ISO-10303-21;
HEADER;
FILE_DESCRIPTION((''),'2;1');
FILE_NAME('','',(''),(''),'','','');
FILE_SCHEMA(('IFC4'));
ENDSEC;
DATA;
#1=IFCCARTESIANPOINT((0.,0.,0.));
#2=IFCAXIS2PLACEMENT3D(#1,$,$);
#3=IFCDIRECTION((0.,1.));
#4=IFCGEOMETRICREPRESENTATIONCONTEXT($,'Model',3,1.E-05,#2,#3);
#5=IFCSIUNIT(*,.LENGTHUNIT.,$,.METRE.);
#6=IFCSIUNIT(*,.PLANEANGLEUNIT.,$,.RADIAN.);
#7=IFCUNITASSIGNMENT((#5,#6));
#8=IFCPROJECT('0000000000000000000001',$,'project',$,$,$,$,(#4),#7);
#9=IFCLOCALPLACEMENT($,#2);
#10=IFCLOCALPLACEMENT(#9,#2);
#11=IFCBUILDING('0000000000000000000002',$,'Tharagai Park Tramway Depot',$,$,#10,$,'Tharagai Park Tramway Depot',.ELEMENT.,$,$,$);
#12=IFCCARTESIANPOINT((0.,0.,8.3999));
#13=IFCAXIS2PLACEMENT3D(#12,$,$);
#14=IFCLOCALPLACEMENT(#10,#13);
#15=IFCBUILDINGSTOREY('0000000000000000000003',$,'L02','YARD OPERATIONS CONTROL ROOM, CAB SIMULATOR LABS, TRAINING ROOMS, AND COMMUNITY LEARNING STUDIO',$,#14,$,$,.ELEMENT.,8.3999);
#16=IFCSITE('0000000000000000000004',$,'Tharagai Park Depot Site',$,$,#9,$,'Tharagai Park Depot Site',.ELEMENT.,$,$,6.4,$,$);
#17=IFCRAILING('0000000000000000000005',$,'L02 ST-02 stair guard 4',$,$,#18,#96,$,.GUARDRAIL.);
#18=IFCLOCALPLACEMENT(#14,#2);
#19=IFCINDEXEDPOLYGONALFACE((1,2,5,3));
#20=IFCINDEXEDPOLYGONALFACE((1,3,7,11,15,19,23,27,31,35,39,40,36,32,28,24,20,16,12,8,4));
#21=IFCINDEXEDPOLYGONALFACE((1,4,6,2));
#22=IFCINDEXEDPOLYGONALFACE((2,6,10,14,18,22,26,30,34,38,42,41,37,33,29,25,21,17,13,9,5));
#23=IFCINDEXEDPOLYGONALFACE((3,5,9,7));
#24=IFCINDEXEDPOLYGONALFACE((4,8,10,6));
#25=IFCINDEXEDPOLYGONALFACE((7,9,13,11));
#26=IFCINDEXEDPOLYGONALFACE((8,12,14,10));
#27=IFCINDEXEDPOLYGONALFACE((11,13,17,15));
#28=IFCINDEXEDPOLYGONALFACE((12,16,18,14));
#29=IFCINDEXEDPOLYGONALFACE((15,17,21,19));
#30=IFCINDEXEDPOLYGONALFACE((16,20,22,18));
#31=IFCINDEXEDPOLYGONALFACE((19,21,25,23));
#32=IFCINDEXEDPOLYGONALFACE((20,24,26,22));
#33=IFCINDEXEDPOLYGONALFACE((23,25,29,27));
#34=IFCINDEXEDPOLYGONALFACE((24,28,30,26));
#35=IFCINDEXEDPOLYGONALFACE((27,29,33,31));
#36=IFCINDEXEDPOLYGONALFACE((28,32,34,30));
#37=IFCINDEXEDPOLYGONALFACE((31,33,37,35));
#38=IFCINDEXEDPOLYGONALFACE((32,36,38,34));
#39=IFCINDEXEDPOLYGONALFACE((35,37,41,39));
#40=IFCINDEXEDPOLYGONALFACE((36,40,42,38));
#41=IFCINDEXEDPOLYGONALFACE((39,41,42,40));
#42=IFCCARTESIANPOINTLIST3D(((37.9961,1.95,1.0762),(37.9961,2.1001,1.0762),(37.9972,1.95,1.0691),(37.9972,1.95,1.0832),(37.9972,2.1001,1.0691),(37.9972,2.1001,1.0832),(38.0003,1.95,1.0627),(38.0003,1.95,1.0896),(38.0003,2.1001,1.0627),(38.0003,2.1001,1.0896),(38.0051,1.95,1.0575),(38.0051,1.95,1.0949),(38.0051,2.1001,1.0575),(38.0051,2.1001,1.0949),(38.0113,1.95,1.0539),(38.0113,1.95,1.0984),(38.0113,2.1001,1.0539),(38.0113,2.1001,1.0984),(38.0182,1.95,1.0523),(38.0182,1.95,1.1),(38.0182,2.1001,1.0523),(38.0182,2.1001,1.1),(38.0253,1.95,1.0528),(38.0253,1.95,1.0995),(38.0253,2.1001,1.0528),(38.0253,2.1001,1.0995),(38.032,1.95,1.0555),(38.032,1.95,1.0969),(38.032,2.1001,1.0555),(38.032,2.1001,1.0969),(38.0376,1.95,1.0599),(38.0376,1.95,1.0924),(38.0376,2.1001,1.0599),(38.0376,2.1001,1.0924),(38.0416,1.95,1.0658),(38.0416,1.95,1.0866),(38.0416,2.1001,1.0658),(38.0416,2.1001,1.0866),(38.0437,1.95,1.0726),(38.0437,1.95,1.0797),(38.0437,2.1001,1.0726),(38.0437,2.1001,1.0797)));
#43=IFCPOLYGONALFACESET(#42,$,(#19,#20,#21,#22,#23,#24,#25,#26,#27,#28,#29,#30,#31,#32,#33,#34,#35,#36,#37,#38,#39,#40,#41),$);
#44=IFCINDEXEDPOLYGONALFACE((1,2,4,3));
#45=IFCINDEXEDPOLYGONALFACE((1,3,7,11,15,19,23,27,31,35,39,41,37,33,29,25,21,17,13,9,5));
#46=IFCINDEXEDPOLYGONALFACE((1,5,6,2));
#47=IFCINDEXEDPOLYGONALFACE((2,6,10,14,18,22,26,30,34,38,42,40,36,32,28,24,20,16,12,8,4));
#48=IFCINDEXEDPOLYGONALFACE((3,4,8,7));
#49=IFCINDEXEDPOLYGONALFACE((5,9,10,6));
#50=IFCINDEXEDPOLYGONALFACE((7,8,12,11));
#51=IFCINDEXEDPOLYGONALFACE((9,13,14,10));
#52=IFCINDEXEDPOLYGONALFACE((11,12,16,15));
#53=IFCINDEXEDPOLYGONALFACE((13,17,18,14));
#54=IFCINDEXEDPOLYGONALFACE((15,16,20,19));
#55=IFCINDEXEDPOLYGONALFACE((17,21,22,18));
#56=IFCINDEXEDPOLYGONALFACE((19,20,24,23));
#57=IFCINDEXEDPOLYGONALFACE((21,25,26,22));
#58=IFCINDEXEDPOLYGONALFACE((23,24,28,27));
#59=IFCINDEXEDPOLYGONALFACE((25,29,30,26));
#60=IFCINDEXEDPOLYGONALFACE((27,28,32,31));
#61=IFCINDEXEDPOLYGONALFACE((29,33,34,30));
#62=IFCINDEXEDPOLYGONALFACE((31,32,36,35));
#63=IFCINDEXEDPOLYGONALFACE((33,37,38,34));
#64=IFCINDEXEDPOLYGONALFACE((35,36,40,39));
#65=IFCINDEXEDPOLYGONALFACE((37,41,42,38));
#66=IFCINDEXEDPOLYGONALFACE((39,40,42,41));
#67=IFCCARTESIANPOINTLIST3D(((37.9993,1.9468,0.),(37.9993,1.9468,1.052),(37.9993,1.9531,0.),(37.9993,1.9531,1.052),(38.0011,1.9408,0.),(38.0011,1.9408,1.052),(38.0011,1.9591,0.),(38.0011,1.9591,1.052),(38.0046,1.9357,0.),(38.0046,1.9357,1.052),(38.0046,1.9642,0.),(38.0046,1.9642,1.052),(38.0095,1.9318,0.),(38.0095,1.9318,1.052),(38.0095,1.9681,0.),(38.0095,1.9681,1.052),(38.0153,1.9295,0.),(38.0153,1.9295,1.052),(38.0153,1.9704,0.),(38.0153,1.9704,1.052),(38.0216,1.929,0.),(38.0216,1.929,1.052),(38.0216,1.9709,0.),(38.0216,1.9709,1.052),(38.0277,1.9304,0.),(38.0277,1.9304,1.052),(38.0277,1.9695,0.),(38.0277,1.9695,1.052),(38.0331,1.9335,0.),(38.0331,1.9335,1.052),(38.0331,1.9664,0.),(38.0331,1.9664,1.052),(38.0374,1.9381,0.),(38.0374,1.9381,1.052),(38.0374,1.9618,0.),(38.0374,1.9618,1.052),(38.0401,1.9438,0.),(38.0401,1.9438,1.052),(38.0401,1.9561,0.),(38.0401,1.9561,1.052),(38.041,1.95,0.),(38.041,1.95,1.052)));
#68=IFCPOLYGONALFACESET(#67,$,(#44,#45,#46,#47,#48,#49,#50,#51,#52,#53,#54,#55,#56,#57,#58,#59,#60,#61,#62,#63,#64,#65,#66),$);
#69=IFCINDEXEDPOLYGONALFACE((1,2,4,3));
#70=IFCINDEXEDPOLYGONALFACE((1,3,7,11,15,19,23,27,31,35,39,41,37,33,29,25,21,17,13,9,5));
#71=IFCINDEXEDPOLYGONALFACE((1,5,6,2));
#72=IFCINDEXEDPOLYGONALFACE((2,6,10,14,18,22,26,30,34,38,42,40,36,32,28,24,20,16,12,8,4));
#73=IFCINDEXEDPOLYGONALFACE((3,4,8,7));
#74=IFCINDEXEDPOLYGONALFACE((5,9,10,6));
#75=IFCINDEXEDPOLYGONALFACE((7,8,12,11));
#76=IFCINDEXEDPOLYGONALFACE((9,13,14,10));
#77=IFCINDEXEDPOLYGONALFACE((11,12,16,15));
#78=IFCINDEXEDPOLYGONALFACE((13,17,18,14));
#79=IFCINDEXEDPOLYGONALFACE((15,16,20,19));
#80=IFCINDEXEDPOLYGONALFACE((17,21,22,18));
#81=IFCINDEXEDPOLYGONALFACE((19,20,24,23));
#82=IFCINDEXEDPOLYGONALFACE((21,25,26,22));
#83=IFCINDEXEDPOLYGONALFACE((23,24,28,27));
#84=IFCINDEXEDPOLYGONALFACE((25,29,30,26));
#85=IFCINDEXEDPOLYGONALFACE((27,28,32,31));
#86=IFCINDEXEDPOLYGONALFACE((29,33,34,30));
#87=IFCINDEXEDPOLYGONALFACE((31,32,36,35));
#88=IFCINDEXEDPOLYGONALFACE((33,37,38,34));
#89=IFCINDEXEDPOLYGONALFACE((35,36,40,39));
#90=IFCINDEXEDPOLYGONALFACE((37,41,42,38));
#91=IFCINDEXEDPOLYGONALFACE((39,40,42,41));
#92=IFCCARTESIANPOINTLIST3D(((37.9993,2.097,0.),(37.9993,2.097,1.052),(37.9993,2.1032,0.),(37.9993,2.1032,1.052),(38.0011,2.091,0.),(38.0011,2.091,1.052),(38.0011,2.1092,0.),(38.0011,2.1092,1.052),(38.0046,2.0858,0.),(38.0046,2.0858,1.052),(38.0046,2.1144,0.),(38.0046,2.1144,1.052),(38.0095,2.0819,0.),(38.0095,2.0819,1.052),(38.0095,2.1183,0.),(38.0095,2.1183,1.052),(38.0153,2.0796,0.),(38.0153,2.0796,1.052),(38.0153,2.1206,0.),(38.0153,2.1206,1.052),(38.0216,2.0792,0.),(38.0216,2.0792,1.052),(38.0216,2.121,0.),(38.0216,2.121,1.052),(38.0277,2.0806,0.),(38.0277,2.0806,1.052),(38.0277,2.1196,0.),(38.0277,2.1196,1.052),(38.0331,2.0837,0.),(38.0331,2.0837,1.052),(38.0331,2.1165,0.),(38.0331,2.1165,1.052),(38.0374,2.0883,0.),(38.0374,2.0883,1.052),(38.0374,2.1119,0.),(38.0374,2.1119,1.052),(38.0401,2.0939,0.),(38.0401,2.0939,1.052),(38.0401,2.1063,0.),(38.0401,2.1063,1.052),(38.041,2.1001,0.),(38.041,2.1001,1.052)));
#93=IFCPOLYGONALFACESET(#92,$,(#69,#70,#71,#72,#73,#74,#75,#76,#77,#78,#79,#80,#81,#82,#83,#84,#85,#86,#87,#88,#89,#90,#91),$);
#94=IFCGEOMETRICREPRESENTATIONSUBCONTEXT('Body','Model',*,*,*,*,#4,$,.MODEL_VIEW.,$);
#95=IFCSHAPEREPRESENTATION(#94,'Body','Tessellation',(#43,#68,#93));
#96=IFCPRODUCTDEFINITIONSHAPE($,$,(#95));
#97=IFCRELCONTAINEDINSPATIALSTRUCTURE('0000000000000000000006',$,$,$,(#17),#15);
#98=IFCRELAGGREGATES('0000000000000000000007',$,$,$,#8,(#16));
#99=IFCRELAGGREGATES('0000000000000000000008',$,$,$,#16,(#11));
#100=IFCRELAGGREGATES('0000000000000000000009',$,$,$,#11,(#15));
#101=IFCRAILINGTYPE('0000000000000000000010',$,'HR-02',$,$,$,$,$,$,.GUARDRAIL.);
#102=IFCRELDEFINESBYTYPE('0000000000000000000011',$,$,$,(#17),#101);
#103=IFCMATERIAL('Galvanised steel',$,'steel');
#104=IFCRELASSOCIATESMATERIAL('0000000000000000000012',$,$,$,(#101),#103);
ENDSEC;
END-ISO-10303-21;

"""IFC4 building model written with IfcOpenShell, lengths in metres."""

from ifc_helpers import new_model, si_unit, direction, frame, origin, origin_2d, place, context, subcontext, project, spatial, circle, extrude, material, type_object, element, save


model = new_model("IFC4")

# Units and contexts
model_context = context("Model", 3, precision=1e-05, world=origin(), true_north=direction((0.0, 1.0)))
body_context = subcontext(model_context, "Body", "Model", "MODEL_VIEW")
ifc_project = project(units=[si_unit("LENGTHUNIT", "METRE"), si_unit("PLANEANGLEUNIT", "RADIAN")], contexts=[model_context])

# Site, building, storey
site_placement = place(None, origin())
site = spatial("IfcSite", under=ifc_project, at=site_placement, Name="Tharagai Park Depot Site", LongName="Tharagai Park Depot Site", CompositionType="ELEMENT", RefElevation=6.4)
building_placement = place(site_placement, origin())
building = spatial("IfcBuilding", under=site, at=building_placement, Name="Tharagai Park Tramway Depot", LongName="Tharagai Park Tramway Depot", CompositionType="ELEMENT")
storey_placement = place(building_placement, frame((0.0, 0.0, 8.3999)))
storey = spatial("IfcBuildingStorey", under=building, at=storey_placement, Name="L02", Description="YARD OPERATIONS CONTROL ROOM, CAB SIMULATOR LABS, TRAINING ROOMS, AND COMMUNITY LEARNING STUDIO", CompositionType="ELEMENT", Elevation=8.3999)

# Railing
ifc_material_1 = material(Name="Galvanised steel", Category="steel")
railing_type_1 = type_object("IfcRailingType", Name="HR-02", PredefinedType="GUARDRAIL", material=ifc_material_1)
railing_1_placement = place(storey_placement, frame((38.02, 1.95, 0.0)))
element("IfcRailing", 1, at=railing_1_placement, inside=storey, type_object=railing_type_1, Name="L02 ST-02 stair guard 4", PredefinedType="GUARDRAIL", context=body_context, shape_type="SweptSolid", body=[
    extrude(circle(Radius=0.0239, at=origin_2d()), frame((0.0, 0.0, 1.0762), z_axis=(0.0, 1.0, 0.0), x_axis=(-1.0, 0.0, 0.0)), (0.0, 0.0, 1.0), 0.1501),
    extrude(circle(Radius=0.021, at=origin_2d()), origin(), (0.0, 0.0, 1.0), 1.052),
    extrude(circle(Radius=0.021, at=origin_2d()), frame((0.0, 0.1501, 0.0)), (0.0, 0.0, 1.0), 1.052),
])

save(model, "model.ifc")
